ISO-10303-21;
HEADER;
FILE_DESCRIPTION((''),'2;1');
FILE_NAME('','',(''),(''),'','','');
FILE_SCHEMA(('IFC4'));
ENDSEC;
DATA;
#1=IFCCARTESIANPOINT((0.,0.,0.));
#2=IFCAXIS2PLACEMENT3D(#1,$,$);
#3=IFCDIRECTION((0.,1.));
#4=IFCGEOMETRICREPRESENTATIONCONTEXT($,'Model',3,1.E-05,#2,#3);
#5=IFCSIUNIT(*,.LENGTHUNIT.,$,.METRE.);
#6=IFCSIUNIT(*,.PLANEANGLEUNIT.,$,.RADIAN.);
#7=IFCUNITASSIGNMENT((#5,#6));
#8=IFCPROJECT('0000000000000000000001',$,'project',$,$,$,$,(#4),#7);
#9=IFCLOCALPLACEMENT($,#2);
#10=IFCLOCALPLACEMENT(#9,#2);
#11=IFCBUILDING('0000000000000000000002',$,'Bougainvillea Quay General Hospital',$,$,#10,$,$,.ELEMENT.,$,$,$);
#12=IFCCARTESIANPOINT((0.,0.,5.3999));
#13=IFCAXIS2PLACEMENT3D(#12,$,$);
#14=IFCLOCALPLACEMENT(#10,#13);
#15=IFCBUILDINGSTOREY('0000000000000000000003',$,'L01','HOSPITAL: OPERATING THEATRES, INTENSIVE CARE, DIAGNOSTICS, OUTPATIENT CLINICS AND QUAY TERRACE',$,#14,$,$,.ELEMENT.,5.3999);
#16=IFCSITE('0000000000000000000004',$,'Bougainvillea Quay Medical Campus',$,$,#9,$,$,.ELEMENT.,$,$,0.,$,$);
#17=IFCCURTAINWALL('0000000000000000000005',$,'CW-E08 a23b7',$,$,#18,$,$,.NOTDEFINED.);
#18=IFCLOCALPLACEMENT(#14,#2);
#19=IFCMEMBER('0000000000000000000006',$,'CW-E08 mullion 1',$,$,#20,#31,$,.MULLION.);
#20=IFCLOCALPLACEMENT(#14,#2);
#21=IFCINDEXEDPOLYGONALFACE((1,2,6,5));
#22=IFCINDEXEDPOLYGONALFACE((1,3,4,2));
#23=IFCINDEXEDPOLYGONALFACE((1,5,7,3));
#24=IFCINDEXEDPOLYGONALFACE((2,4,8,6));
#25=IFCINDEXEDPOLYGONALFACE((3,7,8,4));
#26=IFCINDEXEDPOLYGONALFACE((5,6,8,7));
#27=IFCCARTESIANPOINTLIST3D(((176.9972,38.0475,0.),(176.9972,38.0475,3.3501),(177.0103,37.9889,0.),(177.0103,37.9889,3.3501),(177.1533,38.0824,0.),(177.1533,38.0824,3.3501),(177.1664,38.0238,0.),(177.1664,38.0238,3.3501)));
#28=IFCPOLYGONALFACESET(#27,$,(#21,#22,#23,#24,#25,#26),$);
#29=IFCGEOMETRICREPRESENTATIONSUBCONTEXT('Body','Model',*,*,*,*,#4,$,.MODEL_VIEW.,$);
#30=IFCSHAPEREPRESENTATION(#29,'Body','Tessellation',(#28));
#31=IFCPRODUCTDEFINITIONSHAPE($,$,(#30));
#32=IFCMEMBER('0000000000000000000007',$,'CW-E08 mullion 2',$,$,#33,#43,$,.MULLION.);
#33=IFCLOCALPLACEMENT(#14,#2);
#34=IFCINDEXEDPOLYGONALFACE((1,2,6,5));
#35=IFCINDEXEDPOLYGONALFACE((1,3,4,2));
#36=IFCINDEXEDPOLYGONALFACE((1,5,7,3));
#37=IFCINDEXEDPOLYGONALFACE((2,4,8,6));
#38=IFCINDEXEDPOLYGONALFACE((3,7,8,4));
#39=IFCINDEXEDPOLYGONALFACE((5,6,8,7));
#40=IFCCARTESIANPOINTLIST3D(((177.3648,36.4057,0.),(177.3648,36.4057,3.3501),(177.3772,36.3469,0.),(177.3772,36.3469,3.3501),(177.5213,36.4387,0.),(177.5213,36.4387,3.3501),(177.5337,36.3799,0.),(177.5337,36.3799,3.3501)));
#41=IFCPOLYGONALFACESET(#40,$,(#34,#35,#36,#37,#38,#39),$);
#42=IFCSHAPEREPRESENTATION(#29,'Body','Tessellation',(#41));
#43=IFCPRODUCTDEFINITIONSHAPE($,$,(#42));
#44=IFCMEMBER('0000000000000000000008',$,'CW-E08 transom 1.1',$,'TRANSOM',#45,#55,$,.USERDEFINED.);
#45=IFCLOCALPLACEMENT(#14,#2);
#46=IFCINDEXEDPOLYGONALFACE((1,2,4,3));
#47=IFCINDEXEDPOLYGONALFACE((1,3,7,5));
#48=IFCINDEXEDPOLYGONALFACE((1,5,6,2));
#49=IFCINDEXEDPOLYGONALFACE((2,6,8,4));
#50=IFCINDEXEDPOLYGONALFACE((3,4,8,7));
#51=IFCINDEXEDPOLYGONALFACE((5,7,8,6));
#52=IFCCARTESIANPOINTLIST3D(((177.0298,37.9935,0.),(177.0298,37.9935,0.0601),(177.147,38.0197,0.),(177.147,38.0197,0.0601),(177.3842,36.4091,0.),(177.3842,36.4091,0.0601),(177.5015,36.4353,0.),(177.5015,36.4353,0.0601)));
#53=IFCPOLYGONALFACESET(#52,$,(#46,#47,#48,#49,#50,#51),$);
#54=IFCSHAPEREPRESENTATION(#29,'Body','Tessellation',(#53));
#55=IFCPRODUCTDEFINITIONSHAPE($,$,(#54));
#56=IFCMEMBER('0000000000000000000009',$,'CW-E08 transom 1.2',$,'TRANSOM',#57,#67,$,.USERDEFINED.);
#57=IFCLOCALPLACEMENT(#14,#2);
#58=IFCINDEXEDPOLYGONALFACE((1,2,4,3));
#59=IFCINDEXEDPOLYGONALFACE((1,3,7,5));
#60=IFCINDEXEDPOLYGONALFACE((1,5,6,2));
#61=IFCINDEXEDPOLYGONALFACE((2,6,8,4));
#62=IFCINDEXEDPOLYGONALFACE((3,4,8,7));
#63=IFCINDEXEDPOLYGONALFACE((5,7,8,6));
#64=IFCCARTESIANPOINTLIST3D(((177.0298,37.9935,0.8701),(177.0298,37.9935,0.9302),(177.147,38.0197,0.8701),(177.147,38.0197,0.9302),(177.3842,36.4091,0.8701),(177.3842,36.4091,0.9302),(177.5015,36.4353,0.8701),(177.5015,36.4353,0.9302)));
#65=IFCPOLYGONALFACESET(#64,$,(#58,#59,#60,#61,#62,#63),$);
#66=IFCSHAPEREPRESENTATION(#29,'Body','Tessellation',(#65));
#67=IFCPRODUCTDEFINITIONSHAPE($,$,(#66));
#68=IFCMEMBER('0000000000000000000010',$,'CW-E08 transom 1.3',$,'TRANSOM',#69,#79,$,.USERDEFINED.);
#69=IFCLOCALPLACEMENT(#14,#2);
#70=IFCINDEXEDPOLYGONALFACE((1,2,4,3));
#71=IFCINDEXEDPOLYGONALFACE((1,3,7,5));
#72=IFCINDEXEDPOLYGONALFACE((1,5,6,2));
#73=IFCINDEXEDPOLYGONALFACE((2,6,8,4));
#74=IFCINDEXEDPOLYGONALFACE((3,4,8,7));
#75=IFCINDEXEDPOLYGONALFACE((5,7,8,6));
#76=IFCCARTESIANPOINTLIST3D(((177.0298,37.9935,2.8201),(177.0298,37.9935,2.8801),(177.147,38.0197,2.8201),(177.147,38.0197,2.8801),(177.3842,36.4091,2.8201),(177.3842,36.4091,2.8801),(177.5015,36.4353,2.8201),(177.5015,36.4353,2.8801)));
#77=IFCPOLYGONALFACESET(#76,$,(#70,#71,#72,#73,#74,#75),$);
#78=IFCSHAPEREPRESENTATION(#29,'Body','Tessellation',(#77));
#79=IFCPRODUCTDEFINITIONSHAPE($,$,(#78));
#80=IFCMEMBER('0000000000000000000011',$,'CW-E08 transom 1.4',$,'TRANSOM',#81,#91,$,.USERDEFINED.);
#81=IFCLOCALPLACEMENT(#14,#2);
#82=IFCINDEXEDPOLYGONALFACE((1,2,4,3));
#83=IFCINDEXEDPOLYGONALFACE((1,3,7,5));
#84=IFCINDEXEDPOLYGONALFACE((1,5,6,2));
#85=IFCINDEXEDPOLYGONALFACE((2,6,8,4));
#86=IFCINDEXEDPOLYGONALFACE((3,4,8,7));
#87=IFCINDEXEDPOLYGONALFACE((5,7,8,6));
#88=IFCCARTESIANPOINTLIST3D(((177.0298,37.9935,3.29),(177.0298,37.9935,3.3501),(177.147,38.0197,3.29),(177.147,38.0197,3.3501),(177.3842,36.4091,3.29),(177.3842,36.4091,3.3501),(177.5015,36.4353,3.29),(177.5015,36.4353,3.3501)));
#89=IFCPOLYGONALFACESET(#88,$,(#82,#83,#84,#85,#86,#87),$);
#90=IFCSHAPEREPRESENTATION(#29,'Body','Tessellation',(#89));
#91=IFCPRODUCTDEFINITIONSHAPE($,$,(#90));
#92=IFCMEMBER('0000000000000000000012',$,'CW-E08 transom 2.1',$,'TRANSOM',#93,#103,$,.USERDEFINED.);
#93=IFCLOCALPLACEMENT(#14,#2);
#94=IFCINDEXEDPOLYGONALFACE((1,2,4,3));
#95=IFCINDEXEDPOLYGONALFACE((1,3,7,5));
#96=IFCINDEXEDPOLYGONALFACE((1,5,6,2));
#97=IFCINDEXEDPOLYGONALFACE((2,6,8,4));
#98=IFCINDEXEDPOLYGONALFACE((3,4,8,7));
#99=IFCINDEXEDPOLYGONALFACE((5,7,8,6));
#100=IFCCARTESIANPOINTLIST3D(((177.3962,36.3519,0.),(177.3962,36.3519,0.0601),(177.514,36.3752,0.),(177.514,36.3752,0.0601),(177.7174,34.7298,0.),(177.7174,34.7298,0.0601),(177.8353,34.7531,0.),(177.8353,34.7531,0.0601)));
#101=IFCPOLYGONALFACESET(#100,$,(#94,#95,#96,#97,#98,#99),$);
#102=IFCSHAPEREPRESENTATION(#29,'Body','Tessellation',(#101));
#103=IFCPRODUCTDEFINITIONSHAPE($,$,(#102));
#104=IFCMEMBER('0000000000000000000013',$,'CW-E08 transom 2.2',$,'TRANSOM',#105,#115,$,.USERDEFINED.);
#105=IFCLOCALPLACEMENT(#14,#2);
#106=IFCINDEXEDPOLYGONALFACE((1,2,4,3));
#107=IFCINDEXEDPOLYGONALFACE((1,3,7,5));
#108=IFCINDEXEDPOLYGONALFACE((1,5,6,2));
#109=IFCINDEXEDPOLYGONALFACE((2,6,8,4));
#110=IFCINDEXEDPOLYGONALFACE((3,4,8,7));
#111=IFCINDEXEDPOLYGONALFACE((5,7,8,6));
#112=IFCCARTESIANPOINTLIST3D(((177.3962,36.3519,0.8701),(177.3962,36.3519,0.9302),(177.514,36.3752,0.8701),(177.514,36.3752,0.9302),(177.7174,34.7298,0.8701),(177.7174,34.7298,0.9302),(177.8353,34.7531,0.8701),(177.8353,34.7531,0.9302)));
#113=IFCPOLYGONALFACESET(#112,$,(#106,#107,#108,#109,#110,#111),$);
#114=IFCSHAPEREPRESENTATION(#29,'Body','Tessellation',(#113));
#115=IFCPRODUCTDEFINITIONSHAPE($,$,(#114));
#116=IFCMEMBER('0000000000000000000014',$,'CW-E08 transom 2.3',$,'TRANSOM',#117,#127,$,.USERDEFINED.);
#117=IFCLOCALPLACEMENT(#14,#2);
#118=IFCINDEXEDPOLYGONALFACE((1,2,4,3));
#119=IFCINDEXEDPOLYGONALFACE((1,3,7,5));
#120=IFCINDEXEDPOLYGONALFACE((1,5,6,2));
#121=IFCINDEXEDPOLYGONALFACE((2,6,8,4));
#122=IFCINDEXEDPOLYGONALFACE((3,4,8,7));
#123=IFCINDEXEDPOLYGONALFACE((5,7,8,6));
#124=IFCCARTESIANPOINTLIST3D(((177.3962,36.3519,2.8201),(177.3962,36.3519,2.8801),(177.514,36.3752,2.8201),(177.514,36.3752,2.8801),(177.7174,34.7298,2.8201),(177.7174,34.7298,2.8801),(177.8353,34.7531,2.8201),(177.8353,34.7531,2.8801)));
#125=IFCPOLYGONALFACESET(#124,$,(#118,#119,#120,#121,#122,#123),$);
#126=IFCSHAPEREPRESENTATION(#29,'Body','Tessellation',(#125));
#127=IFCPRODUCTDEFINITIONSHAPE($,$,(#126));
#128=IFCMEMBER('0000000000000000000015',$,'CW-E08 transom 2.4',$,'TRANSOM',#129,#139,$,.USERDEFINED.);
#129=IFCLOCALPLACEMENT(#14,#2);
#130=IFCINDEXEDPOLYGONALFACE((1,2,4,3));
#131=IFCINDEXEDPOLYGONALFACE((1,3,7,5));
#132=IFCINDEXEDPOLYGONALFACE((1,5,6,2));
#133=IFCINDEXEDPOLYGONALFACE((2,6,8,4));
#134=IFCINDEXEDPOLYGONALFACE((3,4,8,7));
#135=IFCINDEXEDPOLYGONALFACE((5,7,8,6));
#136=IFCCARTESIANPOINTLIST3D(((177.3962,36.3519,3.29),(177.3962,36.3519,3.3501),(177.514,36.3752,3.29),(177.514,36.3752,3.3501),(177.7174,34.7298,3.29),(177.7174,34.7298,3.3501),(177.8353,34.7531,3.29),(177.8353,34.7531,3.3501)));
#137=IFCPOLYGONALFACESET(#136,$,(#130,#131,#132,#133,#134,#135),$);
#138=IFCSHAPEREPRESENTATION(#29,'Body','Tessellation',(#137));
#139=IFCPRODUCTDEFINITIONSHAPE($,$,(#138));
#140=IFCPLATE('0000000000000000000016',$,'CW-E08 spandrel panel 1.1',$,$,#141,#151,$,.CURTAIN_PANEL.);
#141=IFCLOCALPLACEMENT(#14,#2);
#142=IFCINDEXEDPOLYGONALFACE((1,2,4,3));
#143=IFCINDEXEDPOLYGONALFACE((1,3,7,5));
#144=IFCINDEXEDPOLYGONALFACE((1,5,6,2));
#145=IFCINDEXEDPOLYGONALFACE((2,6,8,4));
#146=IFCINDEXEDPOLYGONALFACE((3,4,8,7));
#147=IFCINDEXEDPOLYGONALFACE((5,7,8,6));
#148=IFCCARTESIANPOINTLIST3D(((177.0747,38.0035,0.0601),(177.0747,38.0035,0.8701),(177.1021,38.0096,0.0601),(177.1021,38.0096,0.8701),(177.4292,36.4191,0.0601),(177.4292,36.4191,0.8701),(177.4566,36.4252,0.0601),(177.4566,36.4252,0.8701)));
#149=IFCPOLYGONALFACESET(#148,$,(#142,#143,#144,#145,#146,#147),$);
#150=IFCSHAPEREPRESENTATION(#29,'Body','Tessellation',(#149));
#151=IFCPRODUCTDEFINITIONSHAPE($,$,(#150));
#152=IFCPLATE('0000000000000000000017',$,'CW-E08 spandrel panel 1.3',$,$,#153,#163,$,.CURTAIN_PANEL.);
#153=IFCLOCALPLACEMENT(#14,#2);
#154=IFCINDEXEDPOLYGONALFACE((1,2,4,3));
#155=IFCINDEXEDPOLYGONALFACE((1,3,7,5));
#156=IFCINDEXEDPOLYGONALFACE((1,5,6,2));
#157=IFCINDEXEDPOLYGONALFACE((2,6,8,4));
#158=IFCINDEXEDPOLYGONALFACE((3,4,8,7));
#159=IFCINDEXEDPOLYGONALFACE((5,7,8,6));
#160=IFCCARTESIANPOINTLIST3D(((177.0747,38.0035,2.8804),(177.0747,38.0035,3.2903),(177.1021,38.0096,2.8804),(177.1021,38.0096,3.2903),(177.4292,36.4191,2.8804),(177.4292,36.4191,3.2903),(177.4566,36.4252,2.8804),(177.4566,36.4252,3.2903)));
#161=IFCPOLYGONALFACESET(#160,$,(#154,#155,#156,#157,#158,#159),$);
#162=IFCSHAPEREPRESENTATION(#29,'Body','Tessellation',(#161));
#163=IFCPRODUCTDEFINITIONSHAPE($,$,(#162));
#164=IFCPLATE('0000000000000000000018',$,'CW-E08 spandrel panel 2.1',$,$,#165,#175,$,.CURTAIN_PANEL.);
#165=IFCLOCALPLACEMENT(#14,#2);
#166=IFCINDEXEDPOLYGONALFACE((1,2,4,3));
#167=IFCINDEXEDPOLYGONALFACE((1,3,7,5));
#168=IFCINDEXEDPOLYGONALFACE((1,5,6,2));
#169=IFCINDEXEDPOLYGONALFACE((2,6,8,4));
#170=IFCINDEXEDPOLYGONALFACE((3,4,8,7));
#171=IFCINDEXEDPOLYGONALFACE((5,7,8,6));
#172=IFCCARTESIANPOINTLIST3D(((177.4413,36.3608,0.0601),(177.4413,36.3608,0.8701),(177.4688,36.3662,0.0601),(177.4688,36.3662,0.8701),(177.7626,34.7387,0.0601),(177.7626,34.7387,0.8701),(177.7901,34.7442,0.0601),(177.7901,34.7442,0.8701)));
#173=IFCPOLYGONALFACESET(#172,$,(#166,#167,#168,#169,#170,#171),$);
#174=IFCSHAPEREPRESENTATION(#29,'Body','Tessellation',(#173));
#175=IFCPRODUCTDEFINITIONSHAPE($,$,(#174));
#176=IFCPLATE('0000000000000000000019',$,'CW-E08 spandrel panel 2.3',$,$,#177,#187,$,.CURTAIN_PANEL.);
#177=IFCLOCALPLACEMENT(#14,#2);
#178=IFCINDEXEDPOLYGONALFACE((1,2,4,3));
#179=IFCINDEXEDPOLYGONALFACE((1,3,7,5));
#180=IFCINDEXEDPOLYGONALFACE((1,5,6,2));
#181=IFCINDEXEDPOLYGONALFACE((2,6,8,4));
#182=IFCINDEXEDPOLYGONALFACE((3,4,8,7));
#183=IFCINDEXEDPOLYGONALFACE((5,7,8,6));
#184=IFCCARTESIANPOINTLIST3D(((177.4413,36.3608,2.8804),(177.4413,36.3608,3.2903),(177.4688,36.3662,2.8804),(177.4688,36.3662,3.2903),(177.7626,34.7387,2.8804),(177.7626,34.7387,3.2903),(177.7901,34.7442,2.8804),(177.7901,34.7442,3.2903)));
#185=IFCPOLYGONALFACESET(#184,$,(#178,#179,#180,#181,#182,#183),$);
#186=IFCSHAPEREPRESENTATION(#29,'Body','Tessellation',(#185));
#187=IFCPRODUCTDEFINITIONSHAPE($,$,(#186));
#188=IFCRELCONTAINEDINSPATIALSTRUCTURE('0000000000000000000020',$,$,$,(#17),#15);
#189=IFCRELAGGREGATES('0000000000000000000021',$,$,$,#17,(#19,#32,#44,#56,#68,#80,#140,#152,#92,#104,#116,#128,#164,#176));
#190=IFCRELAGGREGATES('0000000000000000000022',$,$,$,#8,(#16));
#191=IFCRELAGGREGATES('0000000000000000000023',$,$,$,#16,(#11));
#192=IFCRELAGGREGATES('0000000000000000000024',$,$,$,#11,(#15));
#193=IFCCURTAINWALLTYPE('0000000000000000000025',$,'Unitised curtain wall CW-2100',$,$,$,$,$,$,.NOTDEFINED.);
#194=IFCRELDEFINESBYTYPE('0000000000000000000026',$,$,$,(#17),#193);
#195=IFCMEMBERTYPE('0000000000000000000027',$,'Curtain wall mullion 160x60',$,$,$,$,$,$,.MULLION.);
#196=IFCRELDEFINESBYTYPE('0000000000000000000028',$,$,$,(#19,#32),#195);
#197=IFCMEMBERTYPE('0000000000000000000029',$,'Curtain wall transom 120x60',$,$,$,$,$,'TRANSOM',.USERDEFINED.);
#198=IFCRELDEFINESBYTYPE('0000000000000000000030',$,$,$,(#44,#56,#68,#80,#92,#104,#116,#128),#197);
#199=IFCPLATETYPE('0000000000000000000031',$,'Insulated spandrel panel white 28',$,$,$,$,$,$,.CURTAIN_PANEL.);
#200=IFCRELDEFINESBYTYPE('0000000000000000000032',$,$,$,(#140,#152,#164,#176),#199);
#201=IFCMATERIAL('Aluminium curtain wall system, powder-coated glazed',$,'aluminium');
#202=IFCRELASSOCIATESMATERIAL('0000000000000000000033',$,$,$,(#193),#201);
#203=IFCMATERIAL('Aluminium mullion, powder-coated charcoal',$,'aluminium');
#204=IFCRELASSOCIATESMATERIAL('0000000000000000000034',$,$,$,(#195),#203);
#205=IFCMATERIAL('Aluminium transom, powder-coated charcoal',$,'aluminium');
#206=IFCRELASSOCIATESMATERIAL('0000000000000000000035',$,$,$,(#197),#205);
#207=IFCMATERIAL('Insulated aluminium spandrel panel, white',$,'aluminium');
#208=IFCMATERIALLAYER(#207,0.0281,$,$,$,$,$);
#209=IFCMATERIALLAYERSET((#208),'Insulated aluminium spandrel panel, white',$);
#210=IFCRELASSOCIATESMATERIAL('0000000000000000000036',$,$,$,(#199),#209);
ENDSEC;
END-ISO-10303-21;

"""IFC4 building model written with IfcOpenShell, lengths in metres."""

from ifc_helpers import new_model, si_unit, direction, frame, origin, origin_2d, place, context, subcontext, project, spatial, rectangle, extrude, material, layer, layer_set, material_profile, profile_set, type_object, element, aggregate, save


model = new_model("IFC4")

# Units and contexts
model_context = context("Model", 3, precision=1e-05, world=origin(), true_north=direction((0.0, 1.0)))
body_context = subcontext(model_context, "Body", "Model", "MODEL_VIEW")
ifc_project = project(units=[si_unit("LENGTHUNIT", "METRE"), si_unit("PLANEANGLEUNIT", "RADIAN")], contexts=[model_context])

# Site, building, storey
site_placement = place(None, origin())
site = spatial("IfcSite", under=ifc_project, at=site_placement, Name="Bougainvillea Quay Medical Campus", CompositionType="ELEMENT", RefElevation=0.0)
building_placement = place(site_placement, origin())
building = spatial("IfcBuilding", under=site, at=building_placement, Name="Bougainvillea Quay General Hospital", CompositionType="ELEMENT")
storey_placement = place(building_placement, frame((0.0, 0.0, 5.3999)))
storey = spatial("IfcBuildingStorey", under=building, at=storey_placement, Name="L01", Description="HOSPITAL: OPERATING THEATRES, INTENSIVE CARE, DIAGNOSTICS, OUTPATIENT CLINICS AND QUAY TERRACE", CompositionType="ELEMENT", Elevation=5.3999)

# Curtain wall, members, plates
ifc_material_1 = material(Name="Aluminium curtain wall system, powder-coated glazed", Category="aluminium")
curtain_wall_type = type_object("IfcCurtainWallType", Name="Unitised curtain wall CW-2100", PredefinedType="NOTDEFINED", material=ifc_material_1)
curtain_wall_placement = place(storey_placement, origin())
curtain_wall = element("IfcCurtainWall", 1, at=curtain_wall_placement, inside=storey, type_object=curtain_wall_type, Name="CW-E08 a23b7", PredefinedType="NOTDEFINED")
ifc_material_2 = material(Name="Aluminium mullion, powder-coated charcoal", Category="aluminium")
ifc_material_profile_1 = material_profile(ifc_material_2, rectangle(XDim=0.1599, YDim=0.0601, at=origin_2d()))
ifc_profile_set_1 = profile_set([ifc_material_profile_1], Name="Aluminium mullion, powder-coated charcoal")
member_type_1 = type_object("IfcMemberType", Name="Curtain wall mullion 160x60", PredefinedType="MULLION", material=ifc_profile_set_1)
member_1_placement = place(storey_placement, frame((177.0818, 38.0356, 0.0), z_axis=(0.0, 0.0, 1.0), x_axis=(0.97587, 0.218351, 0.0)))
member_1 = element("IfcMember", 2, at=member_1_placement, type_object=member_type_1, Name="CW-E08 mullion 1", PredefinedType="MULLION", context=body_context, shape_type="SweptSolid", body=[
    extrude(rectangle(XDim=0.1599, YDim=0.0601, at=origin_2d()), origin(), (0.0, 0.0, 1.0), 3.3501),
])
member_2_placement = place(storey_placement, frame((177.4492, 36.3928, 0.0), z_axis=(0.0, 0.0, 1.0), x_axis=(0.978479, 0.206349, 0.0)))
member_2 = element("IfcMember", 3, at=member_2_placement, type_object=member_type_1, Name="CW-E08 mullion 2", PredefinedType="MULLION", context=body_context, shape_type="SweptSolid", body=[
    extrude(rectangle(XDim=0.1599, YDim=0.0601, at=origin_2d()), origin(), (0.0, 0.0, 1.0), 3.3501),
])
ifc_material_3 = material(Name="Aluminium transom, powder-coated charcoal", Category="aluminium")
ifc_material_profile_2 = material_profile(ifc_material_3, rectangle(XDim=0.1201, YDim=0.0601, at=origin_2d()))
ifc_profile_set_2 = profile_set([ifc_material_profile_2], Name="Aluminium transom, powder-coated charcoal")
member_type_2 = type_object("IfcMemberType", Name="Curtain wall transom 120x60", ElementType="TRANSOM", PredefinedType="USERDEFINED", material=ifc_profile_set_2)
member_3_placement = place(storey_placement, frame((177.0884, 38.0066, 0.03), z_axis=(0.218331, -0.975875, 0.0), x_axis=(0.975875, 0.218331, 0.0)))
member_3 = element("IfcMember", 4, at=member_3_placement, type_object=member_type_2, Name="CW-E08 transom 1.1", ObjectType="TRANSOM", PredefinedType="USERDEFINED", context=body_context, shape_type="SweptSolid", body=[
    extrude(rectangle(XDim=0.1201, YDim=0.0601, at=origin_2d()), origin(), (0.0, 0.0, 1.0), 1.6235),
])
member_4_placement = place(storey_placement, frame((177.0884, 38.0066, 0.9001), z_axis=(0.218331, -0.975875, 0.0), x_axis=(0.975875, 0.218331, 0.0)))
member_4 = element("IfcMember", 5, at=member_4_placement, type_object=member_type_2, Name="CW-E08 transom 1.2", ObjectType="TRANSOM", PredefinedType="USERDEFINED", context=body_context, shape_type="SweptSolid", body=[
    extrude(rectangle(XDim=0.1201, YDim=0.0601, at=origin_2d()), origin(), (0.0, 0.0, 1.0), 1.6235),
])
member_5_placement = place(storey_placement, frame((177.0884, 38.0066, 2.8501), z_axis=(0.218331, -0.975875, 0.0), x_axis=(0.975875, 0.218331, 0.0)))
member_5 = element("IfcMember", 6, at=member_5_placement, type_object=member_type_2, Name="CW-E08 transom 1.3", ObjectType="TRANSOM", PredefinedType="USERDEFINED", context=body_context, shape_type="SweptSolid", body=[
    extrude(rectangle(XDim=0.1201, YDim=0.0601, at=origin_2d()), origin(), (0.0, 0.0, 1.0), 1.6235),
])
member_6_placement = place(storey_placement, frame((177.0884, 38.0066, 3.3201), z_axis=(0.218331, -0.975875, 0.0), x_axis=(0.975875, 0.218331, 0.0)))
member_6 = element("IfcMember", 7, at=member_6_placement, type_object=member_type_2, Name="CW-E08 transom 1.4", ObjectType="TRANSOM", PredefinedType="USERDEFINED", context=body_context, shape_type="SweptSolid", body=[
    extrude(rectangle(XDim=0.1201, YDim=0.0601, at=origin_2d()), origin(), (0.0, 0.0, 1.0), 1.6235),
])
member_7_placement = place(storey_placement, frame((177.4551, 36.3635, 0.03), z_axis=(0.194299, -0.980942, 0.0), x_axis=(0.980942, 0.194299, 0.0)))
member_7 = element("IfcMember", 8, at=member_7_placement, type_object=member_type_2, Name="CW-E08 transom 2.1", ObjectType="TRANSOM", PredefinedType="USERDEFINED", context=body_context, shape_type="SweptSolid", body=[
    extrude(rectangle(XDim=0.1201, YDim=0.0601, at=origin_2d()), origin(), (0.0, 0.0, 1.0), 1.6536),
])
member_8_placement = place(storey_placement, frame((177.4551, 36.3635, 0.9001), z_axis=(0.194299, -0.980942, 0.0), x_axis=(0.980942, 0.194299, 0.0)))
member_8 = element("IfcMember", 9, at=member_8_placement, type_object=member_type_2, Name="CW-E08 transom 2.2", ObjectType="TRANSOM", PredefinedType="USERDEFINED", context=body_context, shape_type="SweptSolid", body=[
    extrude(rectangle(XDim=0.1201, YDim=0.0601, at=origin_2d()), origin(), (0.0, 0.0, 1.0), 1.6536),
])
member_9_placement = place(storey_placement, frame((177.4551, 36.3635, 2.8501), z_axis=(0.194299, -0.980942, 0.0), x_axis=(0.980942, 0.194299, 0.0)))
member_9 = element("IfcMember", 10, at=member_9_placement, type_object=member_type_2, Name="CW-E08 transom 2.3", ObjectType="TRANSOM", PredefinedType="USERDEFINED", context=body_context, shape_type="SweptSolid", body=[
    extrude(rectangle(XDim=0.1201, YDim=0.0601, at=origin_2d()), origin(), (0.0, 0.0, 1.0), 1.6536),
])
member_10_placement = place(storey_placement, frame((177.4551, 36.3635, 3.3201), z_axis=(0.194299, -0.980942, 0.0), x_axis=(0.980942, 0.194299, 0.0)))
member_10 = element("IfcMember", 11, at=member_10_placement, type_object=member_type_2, Name="CW-E08 transom 2.4", ObjectType="TRANSOM", PredefinedType="USERDEFINED", context=body_context, shape_type="SweptSolid", body=[
    extrude(rectangle(XDim=0.1201, YDim=0.0601, at=origin_2d()), origin(), (0.0, 0.0, 1.0), 1.6536),
])
ifc_material_4 = material(Name="Insulated aluminium spandrel panel, white", Category="aluminium")
ifc_layer_1 = layer(ifc_material_4, 0.0281)
ifc_layer_set_1 = layer_set([ifc_layer_1], Name="Insulated aluminium spandrel panel, white")
plate_type_1 = type_object("IfcPlateType", Name="Insulated spandrel panel white 28", PredefinedType="CURTAIN_PANEL", material=ifc_layer_set_1)
plate_1_placement = place(storey_placement, frame((177.2656, 37.2144, 0.0601), z_axis=(0.0, 0.0, 1.0), x_axis=(0.218351, -0.97587, 0.0)))
plate_1 = element("IfcPlate", 12, at=plate_1_placement, type_object=plate_type_1, Name="CW-E08 spandrel panel 1.1", PredefinedType="CURTAIN_PANEL", context=body_context, shape_type="SweptSolid", body=[
    extrude(rectangle(XDim=1.6235, YDim=0.0281, at=origin_2d()), origin(), (0.0, 0.0, 1.0), 0.8101),
])
plate_2_placement = place(storey_placement, frame((177.2656, 37.2144, 2.8804), z_axis=(0.0, 0.0, 1.0), x_axis=(0.218351, -0.97587, 0.0)))
plate_2 = element("IfcPlate", 13, at=plate_2_placement, type_object=plate_type_1, Name="CW-E08 spandrel panel 1.3", PredefinedType="CURTAIN_PANEL", context=body_context, shape_type="SweptSolid", body=[
    extrude(rectangle(XDim=1.6235, YDim=0.0281, at=origin_2d()), origin(), (0.0, 0.0, 1.0), 0.4099),
])
plate_3_placement = place(storey_placement, frame((177.6157, 35.5525, 0.0601), z_axis=(0.0, 0.0, 1.0), x_axis=(0.194314, -0.980939, 0.0)))
plate_3 = element("IfcPlate", 14, at=plate_3_placement, type_object=plate_type_1, Name="CW-E08 spandrel panel 2.1", PredefinedType="CURTAIN_PANEL", context=body_context, shape_type="SweptSolid", body=[
    extrude(rectangle(XDim=1.6536, YDim=0.0281, at=origin_2d()), origin(), (0.0, 0.0, 1.0), 0.8101),
])
plate_4_placement = place(storey_placement, frame((177.6157, 35.5525, 2.8804), z_axis=(0.0, 0.0, 1.0), x_axis=(0.194314, -0.980939, 0.0)))
plate_4 = element("IfcPlate", 15, at=plate_4_placement, type_object=plate_type_1, Name="CW-E08 spandrel panel 2.3", PredefinedType="CURTAIN_PANEL", context=body_context, shape_type="SweptSolid", body=[
    extrude(rectangle(XDim=1.6536, YDim=0.0281, at=origin_2d()), origin(), (0.0, 0.0, 1.0), 0.4099),
])
aggregate(curtain_wall, [member_1, member_2, member_3, member_4, member_5, member_6, plate_1, plate_2, member_7, member_8, member_9, member_10, plate_3, plate_4])

save(model, "model.ifc")
